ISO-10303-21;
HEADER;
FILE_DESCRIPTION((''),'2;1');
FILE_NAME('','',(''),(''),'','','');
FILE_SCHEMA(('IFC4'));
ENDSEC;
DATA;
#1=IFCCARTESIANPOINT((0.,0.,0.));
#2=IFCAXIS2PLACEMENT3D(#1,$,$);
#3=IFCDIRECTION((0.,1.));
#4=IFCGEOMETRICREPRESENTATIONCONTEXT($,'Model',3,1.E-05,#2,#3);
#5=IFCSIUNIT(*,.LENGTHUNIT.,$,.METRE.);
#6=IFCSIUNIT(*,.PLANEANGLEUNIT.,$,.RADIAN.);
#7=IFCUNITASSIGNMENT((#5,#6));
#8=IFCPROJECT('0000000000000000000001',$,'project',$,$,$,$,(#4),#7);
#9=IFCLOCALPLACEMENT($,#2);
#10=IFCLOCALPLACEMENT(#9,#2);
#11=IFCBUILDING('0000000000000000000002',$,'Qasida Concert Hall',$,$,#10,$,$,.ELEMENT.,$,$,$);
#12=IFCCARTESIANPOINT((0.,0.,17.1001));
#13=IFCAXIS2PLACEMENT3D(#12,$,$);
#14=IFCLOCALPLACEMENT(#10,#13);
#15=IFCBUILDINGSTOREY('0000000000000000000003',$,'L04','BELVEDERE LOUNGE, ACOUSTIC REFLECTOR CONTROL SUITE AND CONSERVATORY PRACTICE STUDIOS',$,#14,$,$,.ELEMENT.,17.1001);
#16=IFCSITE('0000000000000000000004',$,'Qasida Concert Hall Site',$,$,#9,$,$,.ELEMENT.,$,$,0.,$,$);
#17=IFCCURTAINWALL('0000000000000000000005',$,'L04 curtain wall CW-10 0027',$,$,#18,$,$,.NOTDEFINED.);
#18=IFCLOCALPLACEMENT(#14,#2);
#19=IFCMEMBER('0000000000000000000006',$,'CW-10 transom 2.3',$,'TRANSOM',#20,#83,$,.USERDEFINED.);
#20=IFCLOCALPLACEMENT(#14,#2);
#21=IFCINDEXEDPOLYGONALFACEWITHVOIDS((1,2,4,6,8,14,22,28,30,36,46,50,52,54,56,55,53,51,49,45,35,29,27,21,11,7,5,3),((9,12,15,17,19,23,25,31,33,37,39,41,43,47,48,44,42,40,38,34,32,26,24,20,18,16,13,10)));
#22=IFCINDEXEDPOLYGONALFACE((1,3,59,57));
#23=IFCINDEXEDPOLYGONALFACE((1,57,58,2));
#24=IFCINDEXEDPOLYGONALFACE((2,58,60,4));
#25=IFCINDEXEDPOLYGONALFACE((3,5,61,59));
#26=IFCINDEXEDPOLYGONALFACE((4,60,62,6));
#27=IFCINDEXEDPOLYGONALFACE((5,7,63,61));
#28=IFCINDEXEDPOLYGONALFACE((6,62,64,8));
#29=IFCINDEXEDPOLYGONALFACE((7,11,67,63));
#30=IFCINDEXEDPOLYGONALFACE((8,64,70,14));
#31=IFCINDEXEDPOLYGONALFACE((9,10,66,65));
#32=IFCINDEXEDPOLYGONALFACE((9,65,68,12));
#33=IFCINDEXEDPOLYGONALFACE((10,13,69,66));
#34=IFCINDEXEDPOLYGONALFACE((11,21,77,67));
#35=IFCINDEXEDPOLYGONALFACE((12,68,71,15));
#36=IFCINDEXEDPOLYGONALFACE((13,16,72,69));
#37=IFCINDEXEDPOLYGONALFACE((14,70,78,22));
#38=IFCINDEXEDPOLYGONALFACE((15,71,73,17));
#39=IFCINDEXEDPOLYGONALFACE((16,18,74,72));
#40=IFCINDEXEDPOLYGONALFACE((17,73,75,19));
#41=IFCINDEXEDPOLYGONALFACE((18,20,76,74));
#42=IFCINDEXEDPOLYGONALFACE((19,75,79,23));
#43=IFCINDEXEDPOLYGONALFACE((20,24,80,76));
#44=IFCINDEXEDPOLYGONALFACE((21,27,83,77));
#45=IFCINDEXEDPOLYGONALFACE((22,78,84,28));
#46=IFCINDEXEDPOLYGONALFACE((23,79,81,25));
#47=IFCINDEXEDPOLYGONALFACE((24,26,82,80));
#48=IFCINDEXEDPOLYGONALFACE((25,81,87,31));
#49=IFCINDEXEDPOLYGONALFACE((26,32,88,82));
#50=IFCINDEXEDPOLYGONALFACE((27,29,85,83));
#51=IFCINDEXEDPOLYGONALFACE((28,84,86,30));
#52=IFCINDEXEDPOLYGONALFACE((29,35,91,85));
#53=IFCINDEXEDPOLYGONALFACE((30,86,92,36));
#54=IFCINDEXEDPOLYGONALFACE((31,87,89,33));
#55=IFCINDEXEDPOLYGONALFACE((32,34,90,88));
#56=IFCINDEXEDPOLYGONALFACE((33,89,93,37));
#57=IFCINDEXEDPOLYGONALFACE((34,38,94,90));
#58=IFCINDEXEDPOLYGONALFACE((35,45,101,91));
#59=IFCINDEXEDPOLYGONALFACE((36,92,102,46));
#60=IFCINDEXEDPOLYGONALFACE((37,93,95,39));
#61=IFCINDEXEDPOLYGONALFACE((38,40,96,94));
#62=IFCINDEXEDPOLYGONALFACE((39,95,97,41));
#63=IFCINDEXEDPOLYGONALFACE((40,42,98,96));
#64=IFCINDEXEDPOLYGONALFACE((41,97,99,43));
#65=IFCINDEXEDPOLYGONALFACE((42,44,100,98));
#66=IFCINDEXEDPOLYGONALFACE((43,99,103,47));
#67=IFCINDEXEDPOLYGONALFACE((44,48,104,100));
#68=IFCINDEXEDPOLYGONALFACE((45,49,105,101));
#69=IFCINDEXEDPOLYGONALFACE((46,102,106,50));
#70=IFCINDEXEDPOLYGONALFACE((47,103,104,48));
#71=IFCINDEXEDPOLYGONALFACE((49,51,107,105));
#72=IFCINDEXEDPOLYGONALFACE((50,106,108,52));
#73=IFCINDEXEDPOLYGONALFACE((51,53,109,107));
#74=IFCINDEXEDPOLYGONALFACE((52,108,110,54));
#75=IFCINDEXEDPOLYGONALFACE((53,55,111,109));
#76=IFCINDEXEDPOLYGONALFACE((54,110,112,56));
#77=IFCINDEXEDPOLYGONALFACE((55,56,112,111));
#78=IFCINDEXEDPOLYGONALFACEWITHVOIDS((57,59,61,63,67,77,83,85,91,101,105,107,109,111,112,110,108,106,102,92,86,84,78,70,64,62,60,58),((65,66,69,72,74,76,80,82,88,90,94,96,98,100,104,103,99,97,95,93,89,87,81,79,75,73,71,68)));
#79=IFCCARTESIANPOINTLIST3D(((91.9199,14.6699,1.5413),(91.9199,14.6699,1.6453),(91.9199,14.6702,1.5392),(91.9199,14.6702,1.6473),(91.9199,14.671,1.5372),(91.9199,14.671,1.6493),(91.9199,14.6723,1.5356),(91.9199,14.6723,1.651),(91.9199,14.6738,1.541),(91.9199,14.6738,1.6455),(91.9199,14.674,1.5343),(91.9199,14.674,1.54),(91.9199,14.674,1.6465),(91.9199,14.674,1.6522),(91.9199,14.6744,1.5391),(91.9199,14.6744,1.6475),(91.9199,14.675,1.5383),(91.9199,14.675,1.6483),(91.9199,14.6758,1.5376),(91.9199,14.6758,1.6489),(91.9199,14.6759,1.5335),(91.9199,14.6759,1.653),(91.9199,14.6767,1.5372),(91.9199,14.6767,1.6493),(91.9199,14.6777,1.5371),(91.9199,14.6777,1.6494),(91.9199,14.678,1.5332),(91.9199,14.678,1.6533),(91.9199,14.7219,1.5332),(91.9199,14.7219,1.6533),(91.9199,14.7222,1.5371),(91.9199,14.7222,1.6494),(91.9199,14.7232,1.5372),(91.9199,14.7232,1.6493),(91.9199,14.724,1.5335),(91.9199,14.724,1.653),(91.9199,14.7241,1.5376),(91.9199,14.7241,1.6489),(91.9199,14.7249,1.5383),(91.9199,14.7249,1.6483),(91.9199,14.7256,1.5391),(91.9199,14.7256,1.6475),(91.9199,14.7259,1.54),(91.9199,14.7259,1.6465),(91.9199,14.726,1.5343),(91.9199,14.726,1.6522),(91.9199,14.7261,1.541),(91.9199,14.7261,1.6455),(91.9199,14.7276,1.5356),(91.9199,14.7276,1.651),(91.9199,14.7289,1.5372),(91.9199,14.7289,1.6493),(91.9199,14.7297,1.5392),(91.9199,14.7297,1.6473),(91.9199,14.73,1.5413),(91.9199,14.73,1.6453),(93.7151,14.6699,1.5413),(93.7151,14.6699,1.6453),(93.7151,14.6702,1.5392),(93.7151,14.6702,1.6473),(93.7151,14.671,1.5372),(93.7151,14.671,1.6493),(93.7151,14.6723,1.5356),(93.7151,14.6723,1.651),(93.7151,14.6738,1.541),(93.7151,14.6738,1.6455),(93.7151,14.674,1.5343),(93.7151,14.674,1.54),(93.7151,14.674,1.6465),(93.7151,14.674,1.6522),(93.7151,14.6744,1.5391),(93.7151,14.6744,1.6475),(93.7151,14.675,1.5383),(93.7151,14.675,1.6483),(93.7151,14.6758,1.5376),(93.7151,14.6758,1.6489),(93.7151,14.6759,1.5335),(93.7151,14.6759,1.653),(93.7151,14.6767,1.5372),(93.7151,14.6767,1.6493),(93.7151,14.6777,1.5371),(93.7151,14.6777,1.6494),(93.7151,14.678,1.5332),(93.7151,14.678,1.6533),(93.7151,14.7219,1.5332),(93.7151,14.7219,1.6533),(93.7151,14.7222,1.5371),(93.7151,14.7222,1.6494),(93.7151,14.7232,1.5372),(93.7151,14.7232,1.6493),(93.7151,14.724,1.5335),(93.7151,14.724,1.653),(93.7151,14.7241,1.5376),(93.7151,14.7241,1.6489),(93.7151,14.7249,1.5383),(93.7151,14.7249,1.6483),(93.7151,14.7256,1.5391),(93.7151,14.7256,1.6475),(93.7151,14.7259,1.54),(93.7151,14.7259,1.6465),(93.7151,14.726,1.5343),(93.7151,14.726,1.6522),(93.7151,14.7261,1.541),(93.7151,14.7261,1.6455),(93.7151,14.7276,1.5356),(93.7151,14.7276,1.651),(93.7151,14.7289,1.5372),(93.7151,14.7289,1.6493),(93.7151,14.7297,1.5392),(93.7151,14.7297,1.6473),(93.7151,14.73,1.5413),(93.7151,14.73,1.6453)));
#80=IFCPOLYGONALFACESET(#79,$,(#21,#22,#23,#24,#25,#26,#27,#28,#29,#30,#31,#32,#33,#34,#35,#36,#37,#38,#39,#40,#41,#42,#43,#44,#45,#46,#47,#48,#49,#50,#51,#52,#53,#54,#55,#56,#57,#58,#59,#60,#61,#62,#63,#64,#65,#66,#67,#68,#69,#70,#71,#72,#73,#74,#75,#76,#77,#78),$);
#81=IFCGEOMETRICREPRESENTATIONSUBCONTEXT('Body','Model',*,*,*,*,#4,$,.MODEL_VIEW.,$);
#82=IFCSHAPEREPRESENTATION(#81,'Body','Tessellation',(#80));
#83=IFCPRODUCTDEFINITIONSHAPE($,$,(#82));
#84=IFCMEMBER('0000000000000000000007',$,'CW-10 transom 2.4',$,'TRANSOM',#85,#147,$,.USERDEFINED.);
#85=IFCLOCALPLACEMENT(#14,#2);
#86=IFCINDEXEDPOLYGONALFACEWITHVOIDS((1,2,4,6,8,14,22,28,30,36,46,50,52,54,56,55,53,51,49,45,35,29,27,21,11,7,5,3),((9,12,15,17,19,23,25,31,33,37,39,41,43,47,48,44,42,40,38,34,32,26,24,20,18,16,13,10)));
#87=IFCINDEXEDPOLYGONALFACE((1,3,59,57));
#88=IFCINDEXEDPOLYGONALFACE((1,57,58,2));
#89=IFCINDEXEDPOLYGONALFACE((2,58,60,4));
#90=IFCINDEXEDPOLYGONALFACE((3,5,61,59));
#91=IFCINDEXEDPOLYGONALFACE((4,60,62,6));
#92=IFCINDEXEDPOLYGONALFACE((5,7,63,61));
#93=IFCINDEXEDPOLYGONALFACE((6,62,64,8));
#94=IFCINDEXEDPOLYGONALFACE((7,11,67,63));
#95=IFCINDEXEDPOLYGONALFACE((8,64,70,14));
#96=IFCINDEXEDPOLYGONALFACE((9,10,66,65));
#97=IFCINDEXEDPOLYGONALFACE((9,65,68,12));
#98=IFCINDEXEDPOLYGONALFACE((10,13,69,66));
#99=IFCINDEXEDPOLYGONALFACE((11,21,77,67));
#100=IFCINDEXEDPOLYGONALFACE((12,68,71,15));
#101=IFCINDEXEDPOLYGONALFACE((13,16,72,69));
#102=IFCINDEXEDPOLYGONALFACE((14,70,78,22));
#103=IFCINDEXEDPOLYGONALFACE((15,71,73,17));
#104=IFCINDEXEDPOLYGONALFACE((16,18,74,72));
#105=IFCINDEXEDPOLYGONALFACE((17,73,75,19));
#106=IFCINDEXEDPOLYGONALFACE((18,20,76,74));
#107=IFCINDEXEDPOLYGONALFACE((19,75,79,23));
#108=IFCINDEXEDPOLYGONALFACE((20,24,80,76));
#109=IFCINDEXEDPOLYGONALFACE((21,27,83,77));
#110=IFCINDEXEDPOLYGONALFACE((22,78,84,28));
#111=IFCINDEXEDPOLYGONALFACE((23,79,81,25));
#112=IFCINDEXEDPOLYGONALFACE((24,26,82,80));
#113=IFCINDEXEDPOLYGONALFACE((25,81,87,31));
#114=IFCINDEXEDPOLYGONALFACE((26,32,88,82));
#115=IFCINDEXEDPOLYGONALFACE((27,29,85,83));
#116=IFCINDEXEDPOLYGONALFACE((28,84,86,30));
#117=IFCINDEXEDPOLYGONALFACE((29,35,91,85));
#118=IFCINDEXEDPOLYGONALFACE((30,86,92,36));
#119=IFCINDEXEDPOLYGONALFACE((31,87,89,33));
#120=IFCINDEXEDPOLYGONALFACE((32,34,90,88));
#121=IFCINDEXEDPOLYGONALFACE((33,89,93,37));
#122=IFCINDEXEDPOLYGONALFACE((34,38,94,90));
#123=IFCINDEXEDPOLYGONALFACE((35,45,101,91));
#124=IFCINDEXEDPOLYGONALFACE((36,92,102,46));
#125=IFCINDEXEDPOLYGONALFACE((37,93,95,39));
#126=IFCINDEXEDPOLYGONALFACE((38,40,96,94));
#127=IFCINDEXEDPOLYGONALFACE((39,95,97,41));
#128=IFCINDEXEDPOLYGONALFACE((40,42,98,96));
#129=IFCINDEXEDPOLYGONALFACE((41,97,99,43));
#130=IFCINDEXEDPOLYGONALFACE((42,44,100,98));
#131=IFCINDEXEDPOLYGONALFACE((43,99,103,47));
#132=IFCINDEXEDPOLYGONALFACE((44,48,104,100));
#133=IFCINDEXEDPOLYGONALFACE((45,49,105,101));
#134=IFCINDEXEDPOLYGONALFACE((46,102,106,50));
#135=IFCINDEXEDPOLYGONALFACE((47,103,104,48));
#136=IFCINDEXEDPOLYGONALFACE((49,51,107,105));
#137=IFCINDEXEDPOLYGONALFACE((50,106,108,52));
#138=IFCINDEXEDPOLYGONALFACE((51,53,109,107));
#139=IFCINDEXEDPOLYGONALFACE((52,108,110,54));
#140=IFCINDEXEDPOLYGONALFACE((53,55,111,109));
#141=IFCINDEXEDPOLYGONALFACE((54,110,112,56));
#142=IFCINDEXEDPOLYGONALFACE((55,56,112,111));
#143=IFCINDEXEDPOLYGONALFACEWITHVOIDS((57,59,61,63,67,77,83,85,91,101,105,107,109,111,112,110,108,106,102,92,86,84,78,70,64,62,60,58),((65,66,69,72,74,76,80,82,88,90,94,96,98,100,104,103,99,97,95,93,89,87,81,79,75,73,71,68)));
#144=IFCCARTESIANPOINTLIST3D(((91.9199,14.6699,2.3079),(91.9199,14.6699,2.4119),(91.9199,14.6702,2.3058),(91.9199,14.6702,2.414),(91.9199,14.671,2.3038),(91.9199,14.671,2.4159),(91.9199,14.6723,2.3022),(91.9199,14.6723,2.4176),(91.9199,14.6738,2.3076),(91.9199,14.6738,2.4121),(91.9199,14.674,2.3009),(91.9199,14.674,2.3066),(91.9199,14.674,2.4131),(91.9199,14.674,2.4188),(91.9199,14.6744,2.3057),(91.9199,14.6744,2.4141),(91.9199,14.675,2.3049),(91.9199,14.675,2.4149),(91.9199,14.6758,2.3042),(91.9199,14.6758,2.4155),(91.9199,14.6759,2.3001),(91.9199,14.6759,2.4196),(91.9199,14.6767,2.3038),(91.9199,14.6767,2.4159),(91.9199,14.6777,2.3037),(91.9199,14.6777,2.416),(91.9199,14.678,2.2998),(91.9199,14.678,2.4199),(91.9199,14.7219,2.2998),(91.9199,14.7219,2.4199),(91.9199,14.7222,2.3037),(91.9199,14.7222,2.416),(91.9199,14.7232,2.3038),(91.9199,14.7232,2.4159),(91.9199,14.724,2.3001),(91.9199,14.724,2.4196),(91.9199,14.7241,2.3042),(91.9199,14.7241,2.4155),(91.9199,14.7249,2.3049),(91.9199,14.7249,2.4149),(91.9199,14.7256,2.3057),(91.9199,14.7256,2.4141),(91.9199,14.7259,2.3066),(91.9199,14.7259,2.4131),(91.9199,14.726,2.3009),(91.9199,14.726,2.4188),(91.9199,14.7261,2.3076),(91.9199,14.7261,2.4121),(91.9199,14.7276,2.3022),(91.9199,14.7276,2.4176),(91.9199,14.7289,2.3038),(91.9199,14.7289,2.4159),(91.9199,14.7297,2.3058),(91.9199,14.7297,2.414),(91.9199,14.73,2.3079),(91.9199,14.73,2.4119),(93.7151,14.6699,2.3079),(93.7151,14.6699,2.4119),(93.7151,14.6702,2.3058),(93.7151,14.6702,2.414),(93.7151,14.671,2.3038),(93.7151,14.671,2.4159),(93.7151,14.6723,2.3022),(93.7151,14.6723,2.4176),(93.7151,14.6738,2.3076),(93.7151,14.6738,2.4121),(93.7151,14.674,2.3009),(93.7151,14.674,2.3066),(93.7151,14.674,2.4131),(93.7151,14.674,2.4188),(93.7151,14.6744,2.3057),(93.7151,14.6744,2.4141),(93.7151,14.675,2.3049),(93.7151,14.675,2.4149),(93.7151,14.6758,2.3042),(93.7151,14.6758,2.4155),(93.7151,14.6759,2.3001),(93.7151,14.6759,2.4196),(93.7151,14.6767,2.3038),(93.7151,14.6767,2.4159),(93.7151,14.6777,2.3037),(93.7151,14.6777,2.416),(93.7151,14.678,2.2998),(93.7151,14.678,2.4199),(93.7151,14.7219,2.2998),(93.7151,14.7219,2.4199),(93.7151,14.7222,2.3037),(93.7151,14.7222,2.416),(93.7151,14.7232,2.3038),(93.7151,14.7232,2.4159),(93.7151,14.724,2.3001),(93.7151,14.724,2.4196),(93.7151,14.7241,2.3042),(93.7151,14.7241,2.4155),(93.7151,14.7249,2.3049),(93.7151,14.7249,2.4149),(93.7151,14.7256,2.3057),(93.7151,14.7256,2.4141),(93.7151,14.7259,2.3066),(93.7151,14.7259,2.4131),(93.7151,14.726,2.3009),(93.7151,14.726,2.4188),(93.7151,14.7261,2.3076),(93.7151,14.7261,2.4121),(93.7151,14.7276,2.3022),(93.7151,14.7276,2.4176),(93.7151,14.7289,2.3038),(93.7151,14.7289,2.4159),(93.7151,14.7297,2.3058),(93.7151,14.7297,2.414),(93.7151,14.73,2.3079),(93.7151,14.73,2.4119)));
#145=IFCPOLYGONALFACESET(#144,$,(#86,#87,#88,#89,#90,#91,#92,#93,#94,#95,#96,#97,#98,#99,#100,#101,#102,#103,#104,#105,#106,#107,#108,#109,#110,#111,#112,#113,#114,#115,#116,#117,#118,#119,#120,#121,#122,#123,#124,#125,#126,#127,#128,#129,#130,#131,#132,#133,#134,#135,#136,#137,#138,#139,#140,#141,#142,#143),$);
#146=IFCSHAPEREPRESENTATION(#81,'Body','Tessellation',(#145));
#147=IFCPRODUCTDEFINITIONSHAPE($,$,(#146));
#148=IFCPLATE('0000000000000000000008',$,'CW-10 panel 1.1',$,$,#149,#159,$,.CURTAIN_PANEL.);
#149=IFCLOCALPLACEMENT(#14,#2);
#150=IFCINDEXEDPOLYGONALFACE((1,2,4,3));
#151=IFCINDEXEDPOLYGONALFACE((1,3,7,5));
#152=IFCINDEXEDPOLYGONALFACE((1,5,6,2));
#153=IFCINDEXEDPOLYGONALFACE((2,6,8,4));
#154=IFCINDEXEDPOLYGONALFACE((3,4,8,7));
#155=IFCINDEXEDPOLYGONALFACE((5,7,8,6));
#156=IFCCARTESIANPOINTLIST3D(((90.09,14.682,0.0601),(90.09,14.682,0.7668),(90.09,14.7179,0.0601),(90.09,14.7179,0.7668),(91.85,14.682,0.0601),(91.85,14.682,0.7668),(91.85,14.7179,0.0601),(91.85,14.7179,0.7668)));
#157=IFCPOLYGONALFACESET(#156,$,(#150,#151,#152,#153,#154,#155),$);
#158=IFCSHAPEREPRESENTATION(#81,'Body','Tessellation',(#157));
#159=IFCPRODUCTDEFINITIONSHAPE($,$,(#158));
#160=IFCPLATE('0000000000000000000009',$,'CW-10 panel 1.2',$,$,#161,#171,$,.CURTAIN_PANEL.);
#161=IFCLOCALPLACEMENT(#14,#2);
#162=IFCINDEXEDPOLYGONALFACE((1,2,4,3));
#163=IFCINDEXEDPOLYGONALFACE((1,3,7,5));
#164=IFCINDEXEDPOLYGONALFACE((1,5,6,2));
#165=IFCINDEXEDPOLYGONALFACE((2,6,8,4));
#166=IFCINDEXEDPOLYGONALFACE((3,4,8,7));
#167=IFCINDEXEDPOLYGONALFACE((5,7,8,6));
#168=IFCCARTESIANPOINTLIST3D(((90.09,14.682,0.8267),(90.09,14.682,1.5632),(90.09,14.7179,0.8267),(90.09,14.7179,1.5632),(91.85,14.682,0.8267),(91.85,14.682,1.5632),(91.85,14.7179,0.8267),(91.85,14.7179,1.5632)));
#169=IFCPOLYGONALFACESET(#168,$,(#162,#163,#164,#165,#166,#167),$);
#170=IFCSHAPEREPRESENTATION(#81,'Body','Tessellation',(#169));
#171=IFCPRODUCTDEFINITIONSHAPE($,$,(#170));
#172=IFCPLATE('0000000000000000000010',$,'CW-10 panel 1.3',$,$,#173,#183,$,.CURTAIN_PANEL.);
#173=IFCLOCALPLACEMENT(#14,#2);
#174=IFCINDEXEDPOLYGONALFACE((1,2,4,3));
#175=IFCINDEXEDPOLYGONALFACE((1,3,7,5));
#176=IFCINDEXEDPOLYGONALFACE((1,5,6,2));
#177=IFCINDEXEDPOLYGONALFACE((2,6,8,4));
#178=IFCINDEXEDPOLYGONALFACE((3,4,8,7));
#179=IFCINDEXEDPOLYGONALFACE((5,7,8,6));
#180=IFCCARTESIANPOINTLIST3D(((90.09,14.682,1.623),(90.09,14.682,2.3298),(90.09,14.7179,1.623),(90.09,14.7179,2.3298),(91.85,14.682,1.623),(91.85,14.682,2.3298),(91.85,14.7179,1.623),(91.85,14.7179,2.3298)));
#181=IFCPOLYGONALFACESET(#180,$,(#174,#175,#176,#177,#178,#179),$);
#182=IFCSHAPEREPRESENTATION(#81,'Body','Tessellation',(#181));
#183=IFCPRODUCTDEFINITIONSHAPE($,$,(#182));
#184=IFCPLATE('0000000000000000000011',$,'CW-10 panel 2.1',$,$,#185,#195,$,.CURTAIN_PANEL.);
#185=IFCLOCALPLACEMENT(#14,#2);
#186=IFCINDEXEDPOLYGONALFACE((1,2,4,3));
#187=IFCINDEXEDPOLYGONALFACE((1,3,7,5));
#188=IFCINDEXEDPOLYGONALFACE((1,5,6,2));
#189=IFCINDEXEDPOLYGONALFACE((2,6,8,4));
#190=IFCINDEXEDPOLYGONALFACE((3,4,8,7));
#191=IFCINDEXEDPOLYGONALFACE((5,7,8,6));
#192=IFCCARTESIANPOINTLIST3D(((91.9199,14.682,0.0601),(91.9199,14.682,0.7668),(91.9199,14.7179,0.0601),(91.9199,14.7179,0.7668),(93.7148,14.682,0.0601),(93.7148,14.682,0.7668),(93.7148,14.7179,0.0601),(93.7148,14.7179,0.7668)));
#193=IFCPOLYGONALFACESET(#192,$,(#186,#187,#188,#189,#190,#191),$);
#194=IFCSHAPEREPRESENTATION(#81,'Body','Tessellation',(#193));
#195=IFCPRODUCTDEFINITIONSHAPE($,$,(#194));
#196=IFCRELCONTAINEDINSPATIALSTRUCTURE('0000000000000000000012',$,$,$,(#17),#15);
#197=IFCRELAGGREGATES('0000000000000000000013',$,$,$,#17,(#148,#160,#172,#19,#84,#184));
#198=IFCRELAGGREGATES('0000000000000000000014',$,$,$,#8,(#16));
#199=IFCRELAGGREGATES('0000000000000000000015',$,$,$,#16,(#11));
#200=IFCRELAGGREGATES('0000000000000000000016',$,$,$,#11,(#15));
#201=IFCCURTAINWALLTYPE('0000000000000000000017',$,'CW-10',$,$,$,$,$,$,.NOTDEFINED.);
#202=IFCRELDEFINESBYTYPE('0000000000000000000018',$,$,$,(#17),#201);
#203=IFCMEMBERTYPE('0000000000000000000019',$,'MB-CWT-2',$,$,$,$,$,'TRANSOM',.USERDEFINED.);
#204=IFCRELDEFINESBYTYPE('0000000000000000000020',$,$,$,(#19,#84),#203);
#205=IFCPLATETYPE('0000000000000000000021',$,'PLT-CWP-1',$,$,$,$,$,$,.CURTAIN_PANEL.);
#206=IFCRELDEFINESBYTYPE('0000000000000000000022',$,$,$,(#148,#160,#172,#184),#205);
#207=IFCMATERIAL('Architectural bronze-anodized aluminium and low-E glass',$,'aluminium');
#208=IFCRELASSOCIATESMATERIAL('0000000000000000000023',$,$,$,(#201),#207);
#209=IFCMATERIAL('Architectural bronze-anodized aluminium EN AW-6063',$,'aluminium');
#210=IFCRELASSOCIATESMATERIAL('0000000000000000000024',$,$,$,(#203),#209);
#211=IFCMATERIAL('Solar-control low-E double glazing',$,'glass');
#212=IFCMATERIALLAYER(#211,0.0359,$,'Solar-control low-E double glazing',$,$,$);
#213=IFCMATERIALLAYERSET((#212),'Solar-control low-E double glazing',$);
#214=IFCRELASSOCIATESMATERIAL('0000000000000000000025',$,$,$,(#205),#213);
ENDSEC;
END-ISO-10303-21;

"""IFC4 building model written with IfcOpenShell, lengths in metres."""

from ifc_helpers import new_model, si_unit, direction, frame, origin, origin_2d, place, context, subcontext, project, spatial, rectangle, hollow_rectangle, extrude, material, layer, layer_set, material_profile, profile_set, type_object, element, aggregate, save


model = new_model("IFC4")

# Units and contexts
model_context = context("Model", 3, precision=1e-05, world=origin(), true_north=direction((0.0, 1.0)))
body_context = subcontext(model_context, "Body", "Model", "MODEL_VIEW")
ifc_project = project(units=[si_unit("LENGTHUNIT", "METRE"), si_unit("PLANEANGLEUNIT", "RADIAN")], contexts=[model_context])

# Site, building, storey
site_placement = place(None, origin())
site = spatial("IfcSite", under=ifc_project, at=site_placement, Name="Qasida Concert Hall Site", CompositionType="ELEMENT", RefElevation=0.0)
building_placement = place(site_placement, origin())
building = spatial("IfcBuilding", under=site, at=building_placement, Name="Qasida Concert Hall", CompositionType="ELEMENT")
storey_placement = place(building_placement, frame((0.0, 0.0, 17.1001)))
storey = spatial("IfcBuildingStorey", under=building, at=storey_placement, Name="L04", Description="BELVEDERE LOUNGE, ACOUSTIC REFLECTOR CONTROL SUITE AND CONSERVATORY PRACTICE STUDIOS", CompositionType="ELEMENT", Elevation=17.1001)

# Curtain wall, members, plates
ifc_material_1 = material(Name="Architectural bronze-anodized aluminium and low-E glass", Category="aluminium")
curtain_wall_type = type_object("IfcCurtainWallType", Name="CW-10", PredefinedType="NOTDEFINED", material=ifc_material_1)
curtain_wall_placement = place(storey_placement, origin())
curtain_wall = element("IfcCurtainWall", 1, at=curtain_wall_placement, inside=storey, type_object=curtain_wall_type, Name="L04 curtain wall CW-10 0027", PredefinedType="NOTDEFINED")
ifc_material_2 = material(Name="Architectural bronze-anodized aluminium EN AW-6063", Category="aluminium")
ifc_material_profile_1 = material_profile(ifc_material_2, hollow_rectangle(XDim=0.0601, YDim=0.1201, WallThickness=0.0039, InnerFilletRadius=0.0039, OuterFilletRadius=0.0081, at=origin_2d()), Name="CWT 120x60x4")
ifc_profile_set_1 = profile_set([ifc_material_profile_1], Name="Architectural bronze-anodized aluminium EN AW-6063")
member_type_1 = type_object("IfcMemberType", Name="MB-CWT-2", ElementType="TRANSOM", PredefinedType="USERDEFINED", material=ifc_profile_set_1)
member_1_placement = place(storey_placement, frame((91.9199, 14.7, 1.5933), z_axis=(1.0, 0.0, 0.0), x_axis=(0.0, 1.0, 0.0)))
member_1 = element("IfcMember", 2, at=member_1_placement, type_object=member_type_1, Name="CW-10 transom 2.3", ObjectType="TRANSOM", PredefinedType="USERDEFINED", context=body_context, shape_type="SweptSolid", body=[
    extrude(hollow_rectangle(XDim=0.0601, YDim=0.1201, WallThickness=0.0039, InnerFilletRadius=0.0039, OuterFilletRadius=0.0081, at=origin_2d()), origin(), (0.0, 0.0, 1.0), 1.7952),
])
member_2_placement = place(storey_placement, frame((91.9199, 14.7, 2.3599), z_axis=(1.0, 0.0, 0.0), x_axis=(0.0, 1.0, 0.0)))
member_2 = element("IfcMember", 3, at=member_2_placement, type_object=member_type_1, Name="CW-10 transom 2.4", ObjectType="TRANSOM", PredefinedType="USERDEFINED", context=body_context, shape_type="SweptSolid", body=[
    extrude(hollow_rectangle(XDim=0.0601, YDim=0.1201, WallThickness=0.0039, InnerFilletRadius=0.0039, OuterFilletRadius=0.0081, at=origin_2d()), origin(), (0.0, 0.0, 1.0), 1.7952),
])
ifc_material_3 = material(Name="Solar-control low-E double glazing", Category="glass")
ifc_layer = layer(ifc_material_3, 0.0359, Name="Solar-control low-E double glazing")
ifc_layer_set = layer_set([ifc_layer], Name="Solar-control low-E double glazing")
plate_type = type_object("IfcPlateType", Name="PLT-CWP-1", PredefinedType="CURTAIN_PANEL", material=ifc_layer_set)
plate_1_placement = place(storey_placement, frame((90.97, 14.7, 0.0601), z_axis=(0.0, 0.0, 1.0), x_axis=(1.0, 0.0, 0.0)))
plate_1 = element("IfcPlate", 4, at=plate_1_placement, type_object=plate_type, Name="CW-10 panel 1.1", PredefinedType="CURTAIN_PANEL", context=body_context, shape_type="SweptSolid", body=[
    extrude(rectangle(XDim=1.76, YDim=0.0359, at=origin_2d()), origin(), (0.0, 0.0, 1.0), 0.7068),
])
plate_2_placement = place(storey_placement, frame((90.97, 14.7, 0.8267), z_axis=(0.0, 0.0, 1.0), x_axis=(1.0, 0.0, 0.0)))
plate_2 = element("IfcPlate", 5, at=plate_2_placement, type_object=plate_type, Name="CW-10 panel 1.2", PredefinedType="CURTAIN_PANEL", context=body_context, shape_type="SweptSolid", body=[
    extrude(rectangle(XDim=1.76, YDim=0.0359, at=origin_2d()), origin(), (0.0, 0.0, 1.0), 0.7366),
])
plate_3_placement = place(storey_placement, frame((90.97, 14.7, 1.623), z_axis=(0.0, 0.0, 1.0), x_axis=(1.0, 0.0, 0.0)))
plate_3 = element("IfcPlate", 6, at=plate_3_placement, type_object=plate_type, Name="CW-10 panel 1.3", PredefinedType="CURTAIN_PANEL", context=body_context, shape_type="SweptSolid", body=[
    extrude(rectangle(XDim=1.76, YDim=0.0359, at=origin_2d()), origin(), (0.0, 0.0, 1.0), 0.7068),
])
plate_4_placement = place(storey_placement, frame((92.8174, 14.7, 0.0601), z_axis=(0.0, 0.0, 1.0), x_axis=(1.0, 0.0, 0.0)))
plate_4 = element("IfcPlate", 7, at=plate_4_placement, type_object=plate_type, Name="CW-10 panel 2.1", PredefinedType="CURTAIN_PANEL", context=body_context, shape_type="SweptSolid", body=[
    extrude(rectangle(XDim=1.7949, YDim=0.0359, at=origin_2d()), origin(), (0.0, 0.0, 1.0), 0.7068),
])
aggregate(curtain_wall, [plate_1, plate_2, plate_3, member_1, member_2, plate_4])

save(model, "model.ifc")
